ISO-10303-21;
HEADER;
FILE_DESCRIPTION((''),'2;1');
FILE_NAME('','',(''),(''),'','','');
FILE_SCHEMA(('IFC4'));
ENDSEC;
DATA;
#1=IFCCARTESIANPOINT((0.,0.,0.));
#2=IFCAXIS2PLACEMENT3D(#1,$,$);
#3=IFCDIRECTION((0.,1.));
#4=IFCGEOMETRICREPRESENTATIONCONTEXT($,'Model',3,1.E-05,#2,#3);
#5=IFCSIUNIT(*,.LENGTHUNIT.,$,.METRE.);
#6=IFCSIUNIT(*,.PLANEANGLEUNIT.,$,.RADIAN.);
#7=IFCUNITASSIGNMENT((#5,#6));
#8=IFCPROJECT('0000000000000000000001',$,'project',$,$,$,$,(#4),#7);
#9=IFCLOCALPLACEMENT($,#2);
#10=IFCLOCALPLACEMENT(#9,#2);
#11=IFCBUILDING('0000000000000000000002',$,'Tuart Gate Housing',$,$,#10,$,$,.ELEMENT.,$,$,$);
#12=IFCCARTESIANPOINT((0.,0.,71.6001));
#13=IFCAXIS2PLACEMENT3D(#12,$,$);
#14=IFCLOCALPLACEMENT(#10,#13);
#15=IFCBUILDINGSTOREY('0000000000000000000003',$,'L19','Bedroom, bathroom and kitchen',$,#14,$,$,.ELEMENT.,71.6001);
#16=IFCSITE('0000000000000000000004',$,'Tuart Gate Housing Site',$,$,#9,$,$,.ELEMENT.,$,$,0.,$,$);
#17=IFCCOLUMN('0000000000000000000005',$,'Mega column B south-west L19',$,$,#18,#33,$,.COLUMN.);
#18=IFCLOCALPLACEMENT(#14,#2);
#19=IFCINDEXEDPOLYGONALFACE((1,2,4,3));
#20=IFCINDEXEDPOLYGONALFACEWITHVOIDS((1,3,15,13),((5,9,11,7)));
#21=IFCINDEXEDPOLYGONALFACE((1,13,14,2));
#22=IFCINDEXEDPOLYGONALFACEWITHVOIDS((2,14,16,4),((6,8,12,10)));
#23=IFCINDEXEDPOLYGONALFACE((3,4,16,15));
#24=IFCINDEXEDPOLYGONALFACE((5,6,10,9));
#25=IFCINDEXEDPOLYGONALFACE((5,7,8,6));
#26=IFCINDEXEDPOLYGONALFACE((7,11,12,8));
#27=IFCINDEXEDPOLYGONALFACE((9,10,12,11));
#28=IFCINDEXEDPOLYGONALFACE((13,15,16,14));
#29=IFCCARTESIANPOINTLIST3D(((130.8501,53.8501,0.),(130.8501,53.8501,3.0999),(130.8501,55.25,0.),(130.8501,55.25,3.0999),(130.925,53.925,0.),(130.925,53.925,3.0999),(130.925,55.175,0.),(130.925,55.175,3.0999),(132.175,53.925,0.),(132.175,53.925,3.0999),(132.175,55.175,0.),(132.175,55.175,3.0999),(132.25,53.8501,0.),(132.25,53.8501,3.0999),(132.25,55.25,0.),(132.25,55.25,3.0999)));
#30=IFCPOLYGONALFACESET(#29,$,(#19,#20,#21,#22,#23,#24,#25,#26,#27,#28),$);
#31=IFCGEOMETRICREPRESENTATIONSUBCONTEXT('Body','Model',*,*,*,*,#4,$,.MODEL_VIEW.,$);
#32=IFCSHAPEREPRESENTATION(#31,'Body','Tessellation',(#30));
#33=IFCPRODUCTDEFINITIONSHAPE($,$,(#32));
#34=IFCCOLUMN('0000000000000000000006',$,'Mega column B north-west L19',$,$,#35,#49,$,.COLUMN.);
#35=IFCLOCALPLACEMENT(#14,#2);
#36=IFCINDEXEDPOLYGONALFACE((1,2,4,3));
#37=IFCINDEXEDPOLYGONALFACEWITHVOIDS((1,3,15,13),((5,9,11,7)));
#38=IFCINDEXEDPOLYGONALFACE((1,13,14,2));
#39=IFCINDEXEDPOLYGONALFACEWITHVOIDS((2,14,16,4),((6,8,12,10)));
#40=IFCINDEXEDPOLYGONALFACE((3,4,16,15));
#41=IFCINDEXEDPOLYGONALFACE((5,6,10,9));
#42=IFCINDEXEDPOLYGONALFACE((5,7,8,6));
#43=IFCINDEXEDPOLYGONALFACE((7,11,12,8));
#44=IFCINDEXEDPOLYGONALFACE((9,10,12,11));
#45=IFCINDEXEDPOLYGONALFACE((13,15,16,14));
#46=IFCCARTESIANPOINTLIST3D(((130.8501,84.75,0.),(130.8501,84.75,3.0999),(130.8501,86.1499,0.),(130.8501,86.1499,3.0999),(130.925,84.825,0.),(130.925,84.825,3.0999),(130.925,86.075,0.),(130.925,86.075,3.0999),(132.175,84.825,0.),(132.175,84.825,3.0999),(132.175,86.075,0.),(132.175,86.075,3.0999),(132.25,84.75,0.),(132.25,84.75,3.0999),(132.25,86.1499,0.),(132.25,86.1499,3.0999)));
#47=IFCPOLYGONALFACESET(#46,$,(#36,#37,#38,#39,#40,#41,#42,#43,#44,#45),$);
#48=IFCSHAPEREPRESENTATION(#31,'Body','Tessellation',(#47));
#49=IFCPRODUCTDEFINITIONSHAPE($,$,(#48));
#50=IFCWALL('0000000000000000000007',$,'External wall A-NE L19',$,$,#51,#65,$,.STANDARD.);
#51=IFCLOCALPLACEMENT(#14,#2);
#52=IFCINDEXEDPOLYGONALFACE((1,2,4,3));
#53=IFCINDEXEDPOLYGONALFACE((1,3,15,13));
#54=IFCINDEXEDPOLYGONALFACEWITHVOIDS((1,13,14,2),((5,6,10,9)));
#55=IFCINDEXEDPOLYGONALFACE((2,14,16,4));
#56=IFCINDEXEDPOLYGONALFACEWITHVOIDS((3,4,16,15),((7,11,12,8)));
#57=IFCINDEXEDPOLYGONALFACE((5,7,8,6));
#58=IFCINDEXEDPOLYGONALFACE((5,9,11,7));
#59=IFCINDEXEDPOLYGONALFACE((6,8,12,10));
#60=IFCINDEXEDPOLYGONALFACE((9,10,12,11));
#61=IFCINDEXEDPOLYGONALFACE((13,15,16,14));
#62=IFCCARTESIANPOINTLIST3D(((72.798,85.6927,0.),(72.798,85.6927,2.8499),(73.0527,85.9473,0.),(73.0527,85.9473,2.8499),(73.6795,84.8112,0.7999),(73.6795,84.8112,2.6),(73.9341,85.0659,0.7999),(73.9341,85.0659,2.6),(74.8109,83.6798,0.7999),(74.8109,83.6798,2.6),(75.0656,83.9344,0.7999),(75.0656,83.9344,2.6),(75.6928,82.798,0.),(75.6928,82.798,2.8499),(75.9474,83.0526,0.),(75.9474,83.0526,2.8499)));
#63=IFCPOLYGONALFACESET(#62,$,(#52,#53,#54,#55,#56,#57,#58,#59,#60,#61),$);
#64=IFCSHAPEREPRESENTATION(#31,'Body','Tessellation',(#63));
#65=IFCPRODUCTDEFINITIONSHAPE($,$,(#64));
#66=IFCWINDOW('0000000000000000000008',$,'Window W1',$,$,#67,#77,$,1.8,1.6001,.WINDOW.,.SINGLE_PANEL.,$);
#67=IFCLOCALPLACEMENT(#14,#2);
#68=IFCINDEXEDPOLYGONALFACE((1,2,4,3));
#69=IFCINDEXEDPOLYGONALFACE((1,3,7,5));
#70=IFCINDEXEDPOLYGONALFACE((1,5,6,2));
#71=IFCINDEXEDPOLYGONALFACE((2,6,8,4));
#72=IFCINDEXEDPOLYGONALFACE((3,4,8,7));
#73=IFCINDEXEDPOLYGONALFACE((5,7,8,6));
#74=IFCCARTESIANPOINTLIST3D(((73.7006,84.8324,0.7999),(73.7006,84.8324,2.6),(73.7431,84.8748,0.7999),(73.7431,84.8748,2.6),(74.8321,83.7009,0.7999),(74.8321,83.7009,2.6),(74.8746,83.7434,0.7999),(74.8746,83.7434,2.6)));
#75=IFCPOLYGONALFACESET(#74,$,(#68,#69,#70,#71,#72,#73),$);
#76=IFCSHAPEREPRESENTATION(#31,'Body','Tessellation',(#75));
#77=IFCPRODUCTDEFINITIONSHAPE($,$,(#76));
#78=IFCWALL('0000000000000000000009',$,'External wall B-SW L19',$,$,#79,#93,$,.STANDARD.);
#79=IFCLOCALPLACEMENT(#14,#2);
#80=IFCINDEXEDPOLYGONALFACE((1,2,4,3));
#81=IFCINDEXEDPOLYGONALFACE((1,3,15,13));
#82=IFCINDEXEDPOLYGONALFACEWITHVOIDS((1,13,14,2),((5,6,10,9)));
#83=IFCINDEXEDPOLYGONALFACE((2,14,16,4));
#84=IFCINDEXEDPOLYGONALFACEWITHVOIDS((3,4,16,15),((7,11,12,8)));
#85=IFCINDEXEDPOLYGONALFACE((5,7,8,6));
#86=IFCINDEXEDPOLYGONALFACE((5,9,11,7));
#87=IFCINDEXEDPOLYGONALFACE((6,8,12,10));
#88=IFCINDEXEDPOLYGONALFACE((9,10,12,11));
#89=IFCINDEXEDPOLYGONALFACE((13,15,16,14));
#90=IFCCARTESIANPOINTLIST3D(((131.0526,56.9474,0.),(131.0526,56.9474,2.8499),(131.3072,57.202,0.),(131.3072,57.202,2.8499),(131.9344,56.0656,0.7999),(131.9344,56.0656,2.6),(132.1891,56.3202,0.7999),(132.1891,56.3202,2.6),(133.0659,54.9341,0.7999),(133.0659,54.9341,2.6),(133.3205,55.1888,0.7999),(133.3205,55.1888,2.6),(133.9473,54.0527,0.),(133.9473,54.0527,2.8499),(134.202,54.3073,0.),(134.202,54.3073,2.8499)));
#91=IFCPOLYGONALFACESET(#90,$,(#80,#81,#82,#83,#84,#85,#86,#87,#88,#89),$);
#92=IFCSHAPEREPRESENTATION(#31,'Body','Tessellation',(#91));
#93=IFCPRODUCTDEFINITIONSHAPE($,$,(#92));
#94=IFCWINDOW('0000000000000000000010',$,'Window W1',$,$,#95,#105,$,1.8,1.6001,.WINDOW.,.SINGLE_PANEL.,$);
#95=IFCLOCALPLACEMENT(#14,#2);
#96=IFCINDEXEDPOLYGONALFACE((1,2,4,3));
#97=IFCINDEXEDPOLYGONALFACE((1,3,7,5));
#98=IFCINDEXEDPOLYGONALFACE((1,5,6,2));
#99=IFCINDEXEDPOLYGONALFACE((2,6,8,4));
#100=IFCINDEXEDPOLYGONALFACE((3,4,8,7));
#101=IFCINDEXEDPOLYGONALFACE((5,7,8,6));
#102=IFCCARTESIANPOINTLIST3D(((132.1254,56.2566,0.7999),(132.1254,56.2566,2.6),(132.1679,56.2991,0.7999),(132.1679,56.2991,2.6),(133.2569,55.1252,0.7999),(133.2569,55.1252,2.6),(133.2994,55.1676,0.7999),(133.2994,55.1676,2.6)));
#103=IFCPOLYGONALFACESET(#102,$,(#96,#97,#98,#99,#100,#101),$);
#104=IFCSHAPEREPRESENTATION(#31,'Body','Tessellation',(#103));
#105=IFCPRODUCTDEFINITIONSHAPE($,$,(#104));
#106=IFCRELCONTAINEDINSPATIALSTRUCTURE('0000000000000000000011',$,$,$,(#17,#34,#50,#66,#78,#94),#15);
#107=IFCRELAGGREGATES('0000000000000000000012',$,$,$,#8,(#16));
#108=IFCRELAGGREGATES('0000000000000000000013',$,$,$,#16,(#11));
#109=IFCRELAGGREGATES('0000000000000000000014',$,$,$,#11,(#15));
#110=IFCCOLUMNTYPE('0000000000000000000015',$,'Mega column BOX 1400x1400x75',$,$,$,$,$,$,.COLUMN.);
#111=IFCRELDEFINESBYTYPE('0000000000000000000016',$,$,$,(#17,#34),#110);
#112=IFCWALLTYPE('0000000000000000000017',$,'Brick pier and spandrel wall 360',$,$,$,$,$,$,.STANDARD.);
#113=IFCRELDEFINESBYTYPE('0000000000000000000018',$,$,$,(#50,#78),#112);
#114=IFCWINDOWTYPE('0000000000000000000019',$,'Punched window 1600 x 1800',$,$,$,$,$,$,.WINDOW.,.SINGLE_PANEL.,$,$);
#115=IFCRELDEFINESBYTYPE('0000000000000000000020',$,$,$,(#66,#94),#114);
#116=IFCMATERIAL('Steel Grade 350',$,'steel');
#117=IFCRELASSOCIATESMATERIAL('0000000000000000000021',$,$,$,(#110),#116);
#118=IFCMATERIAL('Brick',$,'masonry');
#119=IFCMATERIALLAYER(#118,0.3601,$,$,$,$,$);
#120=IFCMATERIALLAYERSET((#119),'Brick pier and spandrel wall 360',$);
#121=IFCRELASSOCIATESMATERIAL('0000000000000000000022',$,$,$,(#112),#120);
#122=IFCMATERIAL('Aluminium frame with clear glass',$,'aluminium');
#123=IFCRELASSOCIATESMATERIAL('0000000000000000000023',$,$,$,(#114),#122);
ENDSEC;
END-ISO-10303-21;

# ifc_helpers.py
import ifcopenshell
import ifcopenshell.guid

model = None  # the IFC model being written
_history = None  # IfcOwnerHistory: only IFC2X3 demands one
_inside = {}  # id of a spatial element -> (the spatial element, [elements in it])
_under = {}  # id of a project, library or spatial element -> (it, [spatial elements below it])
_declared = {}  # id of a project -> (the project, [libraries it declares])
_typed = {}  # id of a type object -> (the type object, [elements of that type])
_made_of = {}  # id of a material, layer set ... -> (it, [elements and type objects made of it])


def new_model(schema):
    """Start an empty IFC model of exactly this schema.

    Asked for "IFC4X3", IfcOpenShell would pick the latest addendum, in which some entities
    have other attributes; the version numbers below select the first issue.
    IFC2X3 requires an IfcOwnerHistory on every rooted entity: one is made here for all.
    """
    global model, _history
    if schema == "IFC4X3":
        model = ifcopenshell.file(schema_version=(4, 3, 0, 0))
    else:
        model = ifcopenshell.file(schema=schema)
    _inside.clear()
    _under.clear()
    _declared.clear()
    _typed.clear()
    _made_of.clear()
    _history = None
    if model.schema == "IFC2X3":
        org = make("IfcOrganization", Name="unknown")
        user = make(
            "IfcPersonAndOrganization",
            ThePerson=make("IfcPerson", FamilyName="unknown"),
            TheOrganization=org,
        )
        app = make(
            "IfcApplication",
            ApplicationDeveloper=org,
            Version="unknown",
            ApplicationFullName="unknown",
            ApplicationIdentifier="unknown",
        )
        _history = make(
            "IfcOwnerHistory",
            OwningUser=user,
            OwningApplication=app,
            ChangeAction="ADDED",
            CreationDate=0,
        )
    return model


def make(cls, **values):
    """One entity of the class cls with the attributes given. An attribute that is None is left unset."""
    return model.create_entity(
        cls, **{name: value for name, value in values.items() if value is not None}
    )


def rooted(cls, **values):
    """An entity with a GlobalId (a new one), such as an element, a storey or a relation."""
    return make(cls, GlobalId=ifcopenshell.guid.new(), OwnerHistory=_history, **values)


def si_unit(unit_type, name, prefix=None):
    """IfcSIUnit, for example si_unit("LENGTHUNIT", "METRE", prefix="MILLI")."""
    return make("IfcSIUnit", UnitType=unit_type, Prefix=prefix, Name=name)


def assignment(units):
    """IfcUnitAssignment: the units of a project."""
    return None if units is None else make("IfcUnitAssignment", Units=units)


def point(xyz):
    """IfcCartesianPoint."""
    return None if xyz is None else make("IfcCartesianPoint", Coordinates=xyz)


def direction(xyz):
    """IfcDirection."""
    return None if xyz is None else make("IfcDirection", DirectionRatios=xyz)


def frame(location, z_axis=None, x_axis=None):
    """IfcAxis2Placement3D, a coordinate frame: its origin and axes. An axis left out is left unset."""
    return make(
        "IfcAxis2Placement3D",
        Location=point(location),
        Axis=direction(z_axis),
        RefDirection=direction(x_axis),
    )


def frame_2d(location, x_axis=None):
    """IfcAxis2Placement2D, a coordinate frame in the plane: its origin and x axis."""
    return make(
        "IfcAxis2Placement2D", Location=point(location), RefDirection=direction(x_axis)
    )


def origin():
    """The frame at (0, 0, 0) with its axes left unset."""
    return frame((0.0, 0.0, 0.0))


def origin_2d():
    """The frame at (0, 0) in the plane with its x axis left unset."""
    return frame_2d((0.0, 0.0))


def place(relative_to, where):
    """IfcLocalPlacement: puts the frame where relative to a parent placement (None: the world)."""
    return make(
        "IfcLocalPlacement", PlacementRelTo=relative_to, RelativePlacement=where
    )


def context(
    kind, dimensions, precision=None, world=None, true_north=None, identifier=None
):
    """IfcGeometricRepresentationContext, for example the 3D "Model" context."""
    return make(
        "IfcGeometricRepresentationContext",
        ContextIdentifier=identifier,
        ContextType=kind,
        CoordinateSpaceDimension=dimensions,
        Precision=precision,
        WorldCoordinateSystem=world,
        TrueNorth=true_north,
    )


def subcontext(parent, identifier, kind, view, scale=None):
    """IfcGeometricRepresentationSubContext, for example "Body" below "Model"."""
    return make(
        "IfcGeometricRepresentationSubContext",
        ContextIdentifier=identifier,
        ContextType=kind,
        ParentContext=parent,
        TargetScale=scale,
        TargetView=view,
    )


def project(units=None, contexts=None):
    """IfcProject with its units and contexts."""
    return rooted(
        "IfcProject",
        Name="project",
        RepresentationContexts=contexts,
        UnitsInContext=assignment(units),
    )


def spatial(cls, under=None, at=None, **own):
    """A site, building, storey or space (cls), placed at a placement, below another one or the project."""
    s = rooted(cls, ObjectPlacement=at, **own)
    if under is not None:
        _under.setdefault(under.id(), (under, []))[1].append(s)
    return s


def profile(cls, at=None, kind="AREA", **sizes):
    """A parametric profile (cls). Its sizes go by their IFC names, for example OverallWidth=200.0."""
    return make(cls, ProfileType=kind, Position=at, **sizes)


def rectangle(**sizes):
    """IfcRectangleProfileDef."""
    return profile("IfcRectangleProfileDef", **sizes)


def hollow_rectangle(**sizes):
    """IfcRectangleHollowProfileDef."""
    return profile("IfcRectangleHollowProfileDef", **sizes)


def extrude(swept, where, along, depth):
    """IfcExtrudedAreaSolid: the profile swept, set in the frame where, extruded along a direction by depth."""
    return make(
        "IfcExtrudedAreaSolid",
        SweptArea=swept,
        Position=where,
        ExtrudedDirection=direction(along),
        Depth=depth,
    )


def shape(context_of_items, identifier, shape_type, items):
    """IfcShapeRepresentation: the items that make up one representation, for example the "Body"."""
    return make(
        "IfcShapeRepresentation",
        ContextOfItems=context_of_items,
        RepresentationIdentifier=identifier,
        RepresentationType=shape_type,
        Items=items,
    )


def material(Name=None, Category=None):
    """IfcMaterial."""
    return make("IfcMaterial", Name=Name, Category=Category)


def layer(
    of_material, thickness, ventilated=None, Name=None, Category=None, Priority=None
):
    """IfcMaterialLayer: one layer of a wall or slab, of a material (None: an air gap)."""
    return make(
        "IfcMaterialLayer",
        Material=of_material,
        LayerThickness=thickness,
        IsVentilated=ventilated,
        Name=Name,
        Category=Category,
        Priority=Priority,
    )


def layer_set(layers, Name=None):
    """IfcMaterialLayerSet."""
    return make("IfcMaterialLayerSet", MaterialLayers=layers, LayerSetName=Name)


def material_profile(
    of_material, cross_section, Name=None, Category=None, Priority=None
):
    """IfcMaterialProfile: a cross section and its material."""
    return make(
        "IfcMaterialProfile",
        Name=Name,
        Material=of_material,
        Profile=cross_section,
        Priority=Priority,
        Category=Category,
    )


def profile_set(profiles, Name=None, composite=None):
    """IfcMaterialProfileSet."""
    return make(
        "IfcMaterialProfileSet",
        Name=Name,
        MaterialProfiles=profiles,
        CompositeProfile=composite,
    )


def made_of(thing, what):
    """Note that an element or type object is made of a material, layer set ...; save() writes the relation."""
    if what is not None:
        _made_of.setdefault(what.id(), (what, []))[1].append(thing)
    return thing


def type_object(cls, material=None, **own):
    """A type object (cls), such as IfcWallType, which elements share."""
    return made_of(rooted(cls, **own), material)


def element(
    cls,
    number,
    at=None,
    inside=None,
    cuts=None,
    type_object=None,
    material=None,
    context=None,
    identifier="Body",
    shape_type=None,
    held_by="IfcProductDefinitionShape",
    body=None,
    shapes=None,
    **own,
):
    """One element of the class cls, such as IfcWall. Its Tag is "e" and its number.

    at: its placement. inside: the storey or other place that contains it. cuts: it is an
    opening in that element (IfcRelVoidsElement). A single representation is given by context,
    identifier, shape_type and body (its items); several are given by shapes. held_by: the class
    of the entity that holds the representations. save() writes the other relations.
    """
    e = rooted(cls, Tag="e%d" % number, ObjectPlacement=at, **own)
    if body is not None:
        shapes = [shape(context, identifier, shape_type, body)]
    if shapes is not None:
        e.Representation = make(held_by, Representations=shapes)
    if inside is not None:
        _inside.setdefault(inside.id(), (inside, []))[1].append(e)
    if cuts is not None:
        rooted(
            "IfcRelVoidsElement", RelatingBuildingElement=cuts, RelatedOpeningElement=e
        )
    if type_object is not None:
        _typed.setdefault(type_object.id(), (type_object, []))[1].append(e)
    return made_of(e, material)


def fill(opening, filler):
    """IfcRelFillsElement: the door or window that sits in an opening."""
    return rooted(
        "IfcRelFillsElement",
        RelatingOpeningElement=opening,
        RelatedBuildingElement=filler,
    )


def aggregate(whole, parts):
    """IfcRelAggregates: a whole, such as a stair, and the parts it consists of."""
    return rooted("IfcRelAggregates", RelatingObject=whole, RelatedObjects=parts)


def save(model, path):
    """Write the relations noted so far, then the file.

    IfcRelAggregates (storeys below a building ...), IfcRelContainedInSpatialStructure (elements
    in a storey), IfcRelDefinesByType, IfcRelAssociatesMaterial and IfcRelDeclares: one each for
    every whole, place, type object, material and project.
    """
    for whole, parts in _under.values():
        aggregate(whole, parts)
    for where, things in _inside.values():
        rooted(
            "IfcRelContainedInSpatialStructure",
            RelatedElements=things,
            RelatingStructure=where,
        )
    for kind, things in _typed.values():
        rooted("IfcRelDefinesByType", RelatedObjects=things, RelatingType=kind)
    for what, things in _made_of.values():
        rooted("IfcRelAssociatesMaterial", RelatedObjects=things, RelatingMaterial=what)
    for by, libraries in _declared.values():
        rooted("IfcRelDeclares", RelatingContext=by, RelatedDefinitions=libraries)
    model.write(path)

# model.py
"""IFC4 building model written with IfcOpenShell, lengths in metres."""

from ifc_helpers import new_model, si_unit, direction, frame, frame_2d, origin, origin_2d, place, context, subcontext, project, spatial, rectangle, hollow_rectangle, extrude, material, layer, layer_set, material_profile, profile_set, type_object, element, fill, save


model = new_model("IFC4")

# Units and contexts
model_context = context("Model", 3, precision=1e-05, world=origin(), true_north=direction((0.0, 1.0)))
body_context = subcontext(model_context, "Body", "Model", "MODEL_VIEW")
ifc_project = project(units=[si_unit("LENGTHUNIT", "METRE"), si_unit("PLANEANGLEUNIT", "RADIAN")], contexts=[model_context])

# Site, building, storey
site_placement = place(None, origin())
site = spatial("IfcSite", under=ifc_project, at=site_placement, Name="Tuart Gate Housing Site", CompositionType="ELEMENT", RefElevation=0.0)
building_placement = place(site_placement, origin())
building = spatial("IfcBuilding", under=site, at=building_placement, Name="Tuart Gate Housing", CompositionType="ELEMENT")
storey_placement = place(building_placement, frame((0.0, 0.0, 71.6001)))
storey = spatial("IfcBuildingStorey", under=building, at=storey_placement, Name="L19", Description="Bedroom, bathroom and kitchen", CompositionType="ELEMENT", Elevation=71.6001)

# Columns
ifc_material_1 = material(Name="Steel Grade 350", Category="steel")
ifc_material_profile = material_profile(ifc_material_1, hollow_rectangle(XDim=1.3999, YDim=1.3999, WallThickness=0.075, at=origin_2d()), Name="BOX 1400x1400x75")
ifc_profile_set = profile_set([ifc_material_profile], Name="Steel Grade 350")
column_type = type_object("IfcColumnType", Name="Mega column BOX 1400x1400x75", PredefinedType="COLUMN", material=ifc_profile_set)
for number, where, z_axis, x_axis, name in (
    (1, (131.55, 54.55, 0.0), (0.0, 0.0, 1.0), (1.0, 0.0, 0.0), "Mega column B south-west L19"),
    (2, (131.55, 85.45, 0.0), (0.0, 0.0, 1.0), (1.0, 0.0, 0.0), "Mega column B north-west L19"),
):
    element("IfcColumn", number, at=place(storey_placement, frame(where, z_axis=z_axis, x_axis=x_axis)), inside=storey, type_object=column_type, Name=name, PredefinedType="COLUMN", context=body_context, shape_type="SweptSolid", body=[
        extrude(hollow_rectangle(XDim=1.3999, YDim=1.3999, WallThickness=0.075, at=origin_2d()), origin(), (0.0, 0.0, 1.0), 3.0999),
    ])

# Walls, openings, windows
ifc_material_2 = material(Name="Brick", Category="masonry")
ifc_layer_1 = layer(ifc_material_2, 0.3601)
ifc_layer_set_1 = layer_set([ifc_layer_1], Name="Brick pier and spandrel wall 360")
wall_type_1 = type_object("IfcWallType", Name="Brick pier and spandrel wall 360", PredefinedType="STANDARD", material=ifc_layer_set_1)
wall_1_placement = place(storey_placement, frame((75.8201, 82.9253, 0.0), z_axis=(0.0, 0.0, 1.0), x_axis=(-0.707107, 0.707107, 0.0)))
wall_1 = element("IfcWall", 3, at=wall_1_placement, inside=storey, type_object=wall_type_1, Name="External wall A-NE L19", PredefinedType="STANDARD", context=body_context, shape_type="SweptSolid", body=[
    extrude(rectangle(XDim=4.0938, YDim=0.3601, at=frame_2d((2.0469, 0.0))), origin(), (0.0, 0.0, 1.0), 2.8499),
])
opening_1_placement = place(wall_1_placement, frame((1.2471, 0.0, 0.8)))
opening_1 = element("IfcOpeningElement", 4, at=opening_1_placement, cuts=wall_1, PredefinedType="OPENING", context=body_context, shape_type="SweptSolid", body=[
    extrude(rectangle(XDim=1.6001, YDim=1.8, at=frame_2d((0.8, 0.8999))), frame((0.0, 0.1899, 0.0), z_axis=(0.0, -1.0, 0.0), x_axis=(1.0, 0.0, 0.0)), (0.0, 0.0, 1.0), 0.3801),
])
ifc_material_3 = material(Name="Aluminium frame with clear glass", Category="aluminium")
window_type_1 = type_object("IfcWindowType", Name="Punched window 1600 x 1800", PartitioningType="SINGLE_PANEL", PredefinedType="WINDOW", material=ifc_material_3)
window_1_placement = place(opening_1_placement, origin())
window_1 = element("IfcWindow", 5, at=window_1_placement, inside=storey, type_object=window_type_1, Name="Window W1", OverallHeight=1.8, OverallWidth=1.6001, PartitioningType="SINGLE_PANEL", PredefinedType="WINDOW", context=body_context, shape_type="SweptSolid", body=[
    extrude(rectangle(XDim=1.6001, YDim=1.8, at=frame_2d((0.8, 0.8999))), frame((0.0, 0.1501, 0.0), z_axis=(0.0, -1.0, 0.0), x_axis=(1.0, 0.0, 0.0)), (0.0, 0.0, 1.0), 0.0601),
])
fill(opening_1, window_1)
wall_2_placement = place(storey_placement, frame((131.1799, 57.0747, 0.0), z_axis=(0.0, 0.0, 1.0), x_axis=(0.707107, -0.707107, 0.0)))
wall_2 = element("IfcWall", 6, at=wall_2_placement, inside=storey, type_object=wall_type_1, Name="External wall B-SW L19", PredefinedType="STANDARD", context=body_context, shape_type="SweptSolid", body=[
    extrude(rectangle(XDim=4.0938, YDim=0.3601, at=frame_2d((2.0469, 0.0))), origin(), (0.0, 0.0, 1.0), 2.8499),
])
opening_2_placement = place(wall_2_placement, frame((1.2471, 0.0, 0.8)))
opening_2 = element("IfcOpeningElement", 7, at=opening_2_placement, cuts=wall_2, PredefinedType="OPENING", context=body_context, shape_type="SweptSolid", body=[
    extrude(rectangle(XDim=1.6001, YDim=1.8, at=frame_2d((0.8, 0.8999))), frame((0.0, 0.1899, 0.0), z_axis=(0.0, -1.0, 0.0), x_axis=(1.0, 0.0, 0.0)), (0.0, 0.0, 1.0), 0.3801),
])
window_2_placement = place(opening_2_placement, origin())
window_2 = element("IfcWindow", 8, at=window_2_placement, inside=storey, type_object=window_type_1, Name="Window W1", OverallHeight=1.8, OverallWidth=1.6001, PartitioningType="SINGLE_PANEL", PredefinedType="WINDOW", context=body_context, shape_type="SweptSolid", body=[
    extrude(rectangle(XDim=1.6001, YDim=1.8, at=frame_2d((0.8, 0.8999))), frame((0.0, 0.1501, 0.0), z_axis=(0.0, -1.0, 0.0), x_axis=(1.0, 0.0, 0.0)), (0.0, 0.0, 1.0), 0.0601),
])
fill(opening_2, window_2)

save(model, "model.ifc")
